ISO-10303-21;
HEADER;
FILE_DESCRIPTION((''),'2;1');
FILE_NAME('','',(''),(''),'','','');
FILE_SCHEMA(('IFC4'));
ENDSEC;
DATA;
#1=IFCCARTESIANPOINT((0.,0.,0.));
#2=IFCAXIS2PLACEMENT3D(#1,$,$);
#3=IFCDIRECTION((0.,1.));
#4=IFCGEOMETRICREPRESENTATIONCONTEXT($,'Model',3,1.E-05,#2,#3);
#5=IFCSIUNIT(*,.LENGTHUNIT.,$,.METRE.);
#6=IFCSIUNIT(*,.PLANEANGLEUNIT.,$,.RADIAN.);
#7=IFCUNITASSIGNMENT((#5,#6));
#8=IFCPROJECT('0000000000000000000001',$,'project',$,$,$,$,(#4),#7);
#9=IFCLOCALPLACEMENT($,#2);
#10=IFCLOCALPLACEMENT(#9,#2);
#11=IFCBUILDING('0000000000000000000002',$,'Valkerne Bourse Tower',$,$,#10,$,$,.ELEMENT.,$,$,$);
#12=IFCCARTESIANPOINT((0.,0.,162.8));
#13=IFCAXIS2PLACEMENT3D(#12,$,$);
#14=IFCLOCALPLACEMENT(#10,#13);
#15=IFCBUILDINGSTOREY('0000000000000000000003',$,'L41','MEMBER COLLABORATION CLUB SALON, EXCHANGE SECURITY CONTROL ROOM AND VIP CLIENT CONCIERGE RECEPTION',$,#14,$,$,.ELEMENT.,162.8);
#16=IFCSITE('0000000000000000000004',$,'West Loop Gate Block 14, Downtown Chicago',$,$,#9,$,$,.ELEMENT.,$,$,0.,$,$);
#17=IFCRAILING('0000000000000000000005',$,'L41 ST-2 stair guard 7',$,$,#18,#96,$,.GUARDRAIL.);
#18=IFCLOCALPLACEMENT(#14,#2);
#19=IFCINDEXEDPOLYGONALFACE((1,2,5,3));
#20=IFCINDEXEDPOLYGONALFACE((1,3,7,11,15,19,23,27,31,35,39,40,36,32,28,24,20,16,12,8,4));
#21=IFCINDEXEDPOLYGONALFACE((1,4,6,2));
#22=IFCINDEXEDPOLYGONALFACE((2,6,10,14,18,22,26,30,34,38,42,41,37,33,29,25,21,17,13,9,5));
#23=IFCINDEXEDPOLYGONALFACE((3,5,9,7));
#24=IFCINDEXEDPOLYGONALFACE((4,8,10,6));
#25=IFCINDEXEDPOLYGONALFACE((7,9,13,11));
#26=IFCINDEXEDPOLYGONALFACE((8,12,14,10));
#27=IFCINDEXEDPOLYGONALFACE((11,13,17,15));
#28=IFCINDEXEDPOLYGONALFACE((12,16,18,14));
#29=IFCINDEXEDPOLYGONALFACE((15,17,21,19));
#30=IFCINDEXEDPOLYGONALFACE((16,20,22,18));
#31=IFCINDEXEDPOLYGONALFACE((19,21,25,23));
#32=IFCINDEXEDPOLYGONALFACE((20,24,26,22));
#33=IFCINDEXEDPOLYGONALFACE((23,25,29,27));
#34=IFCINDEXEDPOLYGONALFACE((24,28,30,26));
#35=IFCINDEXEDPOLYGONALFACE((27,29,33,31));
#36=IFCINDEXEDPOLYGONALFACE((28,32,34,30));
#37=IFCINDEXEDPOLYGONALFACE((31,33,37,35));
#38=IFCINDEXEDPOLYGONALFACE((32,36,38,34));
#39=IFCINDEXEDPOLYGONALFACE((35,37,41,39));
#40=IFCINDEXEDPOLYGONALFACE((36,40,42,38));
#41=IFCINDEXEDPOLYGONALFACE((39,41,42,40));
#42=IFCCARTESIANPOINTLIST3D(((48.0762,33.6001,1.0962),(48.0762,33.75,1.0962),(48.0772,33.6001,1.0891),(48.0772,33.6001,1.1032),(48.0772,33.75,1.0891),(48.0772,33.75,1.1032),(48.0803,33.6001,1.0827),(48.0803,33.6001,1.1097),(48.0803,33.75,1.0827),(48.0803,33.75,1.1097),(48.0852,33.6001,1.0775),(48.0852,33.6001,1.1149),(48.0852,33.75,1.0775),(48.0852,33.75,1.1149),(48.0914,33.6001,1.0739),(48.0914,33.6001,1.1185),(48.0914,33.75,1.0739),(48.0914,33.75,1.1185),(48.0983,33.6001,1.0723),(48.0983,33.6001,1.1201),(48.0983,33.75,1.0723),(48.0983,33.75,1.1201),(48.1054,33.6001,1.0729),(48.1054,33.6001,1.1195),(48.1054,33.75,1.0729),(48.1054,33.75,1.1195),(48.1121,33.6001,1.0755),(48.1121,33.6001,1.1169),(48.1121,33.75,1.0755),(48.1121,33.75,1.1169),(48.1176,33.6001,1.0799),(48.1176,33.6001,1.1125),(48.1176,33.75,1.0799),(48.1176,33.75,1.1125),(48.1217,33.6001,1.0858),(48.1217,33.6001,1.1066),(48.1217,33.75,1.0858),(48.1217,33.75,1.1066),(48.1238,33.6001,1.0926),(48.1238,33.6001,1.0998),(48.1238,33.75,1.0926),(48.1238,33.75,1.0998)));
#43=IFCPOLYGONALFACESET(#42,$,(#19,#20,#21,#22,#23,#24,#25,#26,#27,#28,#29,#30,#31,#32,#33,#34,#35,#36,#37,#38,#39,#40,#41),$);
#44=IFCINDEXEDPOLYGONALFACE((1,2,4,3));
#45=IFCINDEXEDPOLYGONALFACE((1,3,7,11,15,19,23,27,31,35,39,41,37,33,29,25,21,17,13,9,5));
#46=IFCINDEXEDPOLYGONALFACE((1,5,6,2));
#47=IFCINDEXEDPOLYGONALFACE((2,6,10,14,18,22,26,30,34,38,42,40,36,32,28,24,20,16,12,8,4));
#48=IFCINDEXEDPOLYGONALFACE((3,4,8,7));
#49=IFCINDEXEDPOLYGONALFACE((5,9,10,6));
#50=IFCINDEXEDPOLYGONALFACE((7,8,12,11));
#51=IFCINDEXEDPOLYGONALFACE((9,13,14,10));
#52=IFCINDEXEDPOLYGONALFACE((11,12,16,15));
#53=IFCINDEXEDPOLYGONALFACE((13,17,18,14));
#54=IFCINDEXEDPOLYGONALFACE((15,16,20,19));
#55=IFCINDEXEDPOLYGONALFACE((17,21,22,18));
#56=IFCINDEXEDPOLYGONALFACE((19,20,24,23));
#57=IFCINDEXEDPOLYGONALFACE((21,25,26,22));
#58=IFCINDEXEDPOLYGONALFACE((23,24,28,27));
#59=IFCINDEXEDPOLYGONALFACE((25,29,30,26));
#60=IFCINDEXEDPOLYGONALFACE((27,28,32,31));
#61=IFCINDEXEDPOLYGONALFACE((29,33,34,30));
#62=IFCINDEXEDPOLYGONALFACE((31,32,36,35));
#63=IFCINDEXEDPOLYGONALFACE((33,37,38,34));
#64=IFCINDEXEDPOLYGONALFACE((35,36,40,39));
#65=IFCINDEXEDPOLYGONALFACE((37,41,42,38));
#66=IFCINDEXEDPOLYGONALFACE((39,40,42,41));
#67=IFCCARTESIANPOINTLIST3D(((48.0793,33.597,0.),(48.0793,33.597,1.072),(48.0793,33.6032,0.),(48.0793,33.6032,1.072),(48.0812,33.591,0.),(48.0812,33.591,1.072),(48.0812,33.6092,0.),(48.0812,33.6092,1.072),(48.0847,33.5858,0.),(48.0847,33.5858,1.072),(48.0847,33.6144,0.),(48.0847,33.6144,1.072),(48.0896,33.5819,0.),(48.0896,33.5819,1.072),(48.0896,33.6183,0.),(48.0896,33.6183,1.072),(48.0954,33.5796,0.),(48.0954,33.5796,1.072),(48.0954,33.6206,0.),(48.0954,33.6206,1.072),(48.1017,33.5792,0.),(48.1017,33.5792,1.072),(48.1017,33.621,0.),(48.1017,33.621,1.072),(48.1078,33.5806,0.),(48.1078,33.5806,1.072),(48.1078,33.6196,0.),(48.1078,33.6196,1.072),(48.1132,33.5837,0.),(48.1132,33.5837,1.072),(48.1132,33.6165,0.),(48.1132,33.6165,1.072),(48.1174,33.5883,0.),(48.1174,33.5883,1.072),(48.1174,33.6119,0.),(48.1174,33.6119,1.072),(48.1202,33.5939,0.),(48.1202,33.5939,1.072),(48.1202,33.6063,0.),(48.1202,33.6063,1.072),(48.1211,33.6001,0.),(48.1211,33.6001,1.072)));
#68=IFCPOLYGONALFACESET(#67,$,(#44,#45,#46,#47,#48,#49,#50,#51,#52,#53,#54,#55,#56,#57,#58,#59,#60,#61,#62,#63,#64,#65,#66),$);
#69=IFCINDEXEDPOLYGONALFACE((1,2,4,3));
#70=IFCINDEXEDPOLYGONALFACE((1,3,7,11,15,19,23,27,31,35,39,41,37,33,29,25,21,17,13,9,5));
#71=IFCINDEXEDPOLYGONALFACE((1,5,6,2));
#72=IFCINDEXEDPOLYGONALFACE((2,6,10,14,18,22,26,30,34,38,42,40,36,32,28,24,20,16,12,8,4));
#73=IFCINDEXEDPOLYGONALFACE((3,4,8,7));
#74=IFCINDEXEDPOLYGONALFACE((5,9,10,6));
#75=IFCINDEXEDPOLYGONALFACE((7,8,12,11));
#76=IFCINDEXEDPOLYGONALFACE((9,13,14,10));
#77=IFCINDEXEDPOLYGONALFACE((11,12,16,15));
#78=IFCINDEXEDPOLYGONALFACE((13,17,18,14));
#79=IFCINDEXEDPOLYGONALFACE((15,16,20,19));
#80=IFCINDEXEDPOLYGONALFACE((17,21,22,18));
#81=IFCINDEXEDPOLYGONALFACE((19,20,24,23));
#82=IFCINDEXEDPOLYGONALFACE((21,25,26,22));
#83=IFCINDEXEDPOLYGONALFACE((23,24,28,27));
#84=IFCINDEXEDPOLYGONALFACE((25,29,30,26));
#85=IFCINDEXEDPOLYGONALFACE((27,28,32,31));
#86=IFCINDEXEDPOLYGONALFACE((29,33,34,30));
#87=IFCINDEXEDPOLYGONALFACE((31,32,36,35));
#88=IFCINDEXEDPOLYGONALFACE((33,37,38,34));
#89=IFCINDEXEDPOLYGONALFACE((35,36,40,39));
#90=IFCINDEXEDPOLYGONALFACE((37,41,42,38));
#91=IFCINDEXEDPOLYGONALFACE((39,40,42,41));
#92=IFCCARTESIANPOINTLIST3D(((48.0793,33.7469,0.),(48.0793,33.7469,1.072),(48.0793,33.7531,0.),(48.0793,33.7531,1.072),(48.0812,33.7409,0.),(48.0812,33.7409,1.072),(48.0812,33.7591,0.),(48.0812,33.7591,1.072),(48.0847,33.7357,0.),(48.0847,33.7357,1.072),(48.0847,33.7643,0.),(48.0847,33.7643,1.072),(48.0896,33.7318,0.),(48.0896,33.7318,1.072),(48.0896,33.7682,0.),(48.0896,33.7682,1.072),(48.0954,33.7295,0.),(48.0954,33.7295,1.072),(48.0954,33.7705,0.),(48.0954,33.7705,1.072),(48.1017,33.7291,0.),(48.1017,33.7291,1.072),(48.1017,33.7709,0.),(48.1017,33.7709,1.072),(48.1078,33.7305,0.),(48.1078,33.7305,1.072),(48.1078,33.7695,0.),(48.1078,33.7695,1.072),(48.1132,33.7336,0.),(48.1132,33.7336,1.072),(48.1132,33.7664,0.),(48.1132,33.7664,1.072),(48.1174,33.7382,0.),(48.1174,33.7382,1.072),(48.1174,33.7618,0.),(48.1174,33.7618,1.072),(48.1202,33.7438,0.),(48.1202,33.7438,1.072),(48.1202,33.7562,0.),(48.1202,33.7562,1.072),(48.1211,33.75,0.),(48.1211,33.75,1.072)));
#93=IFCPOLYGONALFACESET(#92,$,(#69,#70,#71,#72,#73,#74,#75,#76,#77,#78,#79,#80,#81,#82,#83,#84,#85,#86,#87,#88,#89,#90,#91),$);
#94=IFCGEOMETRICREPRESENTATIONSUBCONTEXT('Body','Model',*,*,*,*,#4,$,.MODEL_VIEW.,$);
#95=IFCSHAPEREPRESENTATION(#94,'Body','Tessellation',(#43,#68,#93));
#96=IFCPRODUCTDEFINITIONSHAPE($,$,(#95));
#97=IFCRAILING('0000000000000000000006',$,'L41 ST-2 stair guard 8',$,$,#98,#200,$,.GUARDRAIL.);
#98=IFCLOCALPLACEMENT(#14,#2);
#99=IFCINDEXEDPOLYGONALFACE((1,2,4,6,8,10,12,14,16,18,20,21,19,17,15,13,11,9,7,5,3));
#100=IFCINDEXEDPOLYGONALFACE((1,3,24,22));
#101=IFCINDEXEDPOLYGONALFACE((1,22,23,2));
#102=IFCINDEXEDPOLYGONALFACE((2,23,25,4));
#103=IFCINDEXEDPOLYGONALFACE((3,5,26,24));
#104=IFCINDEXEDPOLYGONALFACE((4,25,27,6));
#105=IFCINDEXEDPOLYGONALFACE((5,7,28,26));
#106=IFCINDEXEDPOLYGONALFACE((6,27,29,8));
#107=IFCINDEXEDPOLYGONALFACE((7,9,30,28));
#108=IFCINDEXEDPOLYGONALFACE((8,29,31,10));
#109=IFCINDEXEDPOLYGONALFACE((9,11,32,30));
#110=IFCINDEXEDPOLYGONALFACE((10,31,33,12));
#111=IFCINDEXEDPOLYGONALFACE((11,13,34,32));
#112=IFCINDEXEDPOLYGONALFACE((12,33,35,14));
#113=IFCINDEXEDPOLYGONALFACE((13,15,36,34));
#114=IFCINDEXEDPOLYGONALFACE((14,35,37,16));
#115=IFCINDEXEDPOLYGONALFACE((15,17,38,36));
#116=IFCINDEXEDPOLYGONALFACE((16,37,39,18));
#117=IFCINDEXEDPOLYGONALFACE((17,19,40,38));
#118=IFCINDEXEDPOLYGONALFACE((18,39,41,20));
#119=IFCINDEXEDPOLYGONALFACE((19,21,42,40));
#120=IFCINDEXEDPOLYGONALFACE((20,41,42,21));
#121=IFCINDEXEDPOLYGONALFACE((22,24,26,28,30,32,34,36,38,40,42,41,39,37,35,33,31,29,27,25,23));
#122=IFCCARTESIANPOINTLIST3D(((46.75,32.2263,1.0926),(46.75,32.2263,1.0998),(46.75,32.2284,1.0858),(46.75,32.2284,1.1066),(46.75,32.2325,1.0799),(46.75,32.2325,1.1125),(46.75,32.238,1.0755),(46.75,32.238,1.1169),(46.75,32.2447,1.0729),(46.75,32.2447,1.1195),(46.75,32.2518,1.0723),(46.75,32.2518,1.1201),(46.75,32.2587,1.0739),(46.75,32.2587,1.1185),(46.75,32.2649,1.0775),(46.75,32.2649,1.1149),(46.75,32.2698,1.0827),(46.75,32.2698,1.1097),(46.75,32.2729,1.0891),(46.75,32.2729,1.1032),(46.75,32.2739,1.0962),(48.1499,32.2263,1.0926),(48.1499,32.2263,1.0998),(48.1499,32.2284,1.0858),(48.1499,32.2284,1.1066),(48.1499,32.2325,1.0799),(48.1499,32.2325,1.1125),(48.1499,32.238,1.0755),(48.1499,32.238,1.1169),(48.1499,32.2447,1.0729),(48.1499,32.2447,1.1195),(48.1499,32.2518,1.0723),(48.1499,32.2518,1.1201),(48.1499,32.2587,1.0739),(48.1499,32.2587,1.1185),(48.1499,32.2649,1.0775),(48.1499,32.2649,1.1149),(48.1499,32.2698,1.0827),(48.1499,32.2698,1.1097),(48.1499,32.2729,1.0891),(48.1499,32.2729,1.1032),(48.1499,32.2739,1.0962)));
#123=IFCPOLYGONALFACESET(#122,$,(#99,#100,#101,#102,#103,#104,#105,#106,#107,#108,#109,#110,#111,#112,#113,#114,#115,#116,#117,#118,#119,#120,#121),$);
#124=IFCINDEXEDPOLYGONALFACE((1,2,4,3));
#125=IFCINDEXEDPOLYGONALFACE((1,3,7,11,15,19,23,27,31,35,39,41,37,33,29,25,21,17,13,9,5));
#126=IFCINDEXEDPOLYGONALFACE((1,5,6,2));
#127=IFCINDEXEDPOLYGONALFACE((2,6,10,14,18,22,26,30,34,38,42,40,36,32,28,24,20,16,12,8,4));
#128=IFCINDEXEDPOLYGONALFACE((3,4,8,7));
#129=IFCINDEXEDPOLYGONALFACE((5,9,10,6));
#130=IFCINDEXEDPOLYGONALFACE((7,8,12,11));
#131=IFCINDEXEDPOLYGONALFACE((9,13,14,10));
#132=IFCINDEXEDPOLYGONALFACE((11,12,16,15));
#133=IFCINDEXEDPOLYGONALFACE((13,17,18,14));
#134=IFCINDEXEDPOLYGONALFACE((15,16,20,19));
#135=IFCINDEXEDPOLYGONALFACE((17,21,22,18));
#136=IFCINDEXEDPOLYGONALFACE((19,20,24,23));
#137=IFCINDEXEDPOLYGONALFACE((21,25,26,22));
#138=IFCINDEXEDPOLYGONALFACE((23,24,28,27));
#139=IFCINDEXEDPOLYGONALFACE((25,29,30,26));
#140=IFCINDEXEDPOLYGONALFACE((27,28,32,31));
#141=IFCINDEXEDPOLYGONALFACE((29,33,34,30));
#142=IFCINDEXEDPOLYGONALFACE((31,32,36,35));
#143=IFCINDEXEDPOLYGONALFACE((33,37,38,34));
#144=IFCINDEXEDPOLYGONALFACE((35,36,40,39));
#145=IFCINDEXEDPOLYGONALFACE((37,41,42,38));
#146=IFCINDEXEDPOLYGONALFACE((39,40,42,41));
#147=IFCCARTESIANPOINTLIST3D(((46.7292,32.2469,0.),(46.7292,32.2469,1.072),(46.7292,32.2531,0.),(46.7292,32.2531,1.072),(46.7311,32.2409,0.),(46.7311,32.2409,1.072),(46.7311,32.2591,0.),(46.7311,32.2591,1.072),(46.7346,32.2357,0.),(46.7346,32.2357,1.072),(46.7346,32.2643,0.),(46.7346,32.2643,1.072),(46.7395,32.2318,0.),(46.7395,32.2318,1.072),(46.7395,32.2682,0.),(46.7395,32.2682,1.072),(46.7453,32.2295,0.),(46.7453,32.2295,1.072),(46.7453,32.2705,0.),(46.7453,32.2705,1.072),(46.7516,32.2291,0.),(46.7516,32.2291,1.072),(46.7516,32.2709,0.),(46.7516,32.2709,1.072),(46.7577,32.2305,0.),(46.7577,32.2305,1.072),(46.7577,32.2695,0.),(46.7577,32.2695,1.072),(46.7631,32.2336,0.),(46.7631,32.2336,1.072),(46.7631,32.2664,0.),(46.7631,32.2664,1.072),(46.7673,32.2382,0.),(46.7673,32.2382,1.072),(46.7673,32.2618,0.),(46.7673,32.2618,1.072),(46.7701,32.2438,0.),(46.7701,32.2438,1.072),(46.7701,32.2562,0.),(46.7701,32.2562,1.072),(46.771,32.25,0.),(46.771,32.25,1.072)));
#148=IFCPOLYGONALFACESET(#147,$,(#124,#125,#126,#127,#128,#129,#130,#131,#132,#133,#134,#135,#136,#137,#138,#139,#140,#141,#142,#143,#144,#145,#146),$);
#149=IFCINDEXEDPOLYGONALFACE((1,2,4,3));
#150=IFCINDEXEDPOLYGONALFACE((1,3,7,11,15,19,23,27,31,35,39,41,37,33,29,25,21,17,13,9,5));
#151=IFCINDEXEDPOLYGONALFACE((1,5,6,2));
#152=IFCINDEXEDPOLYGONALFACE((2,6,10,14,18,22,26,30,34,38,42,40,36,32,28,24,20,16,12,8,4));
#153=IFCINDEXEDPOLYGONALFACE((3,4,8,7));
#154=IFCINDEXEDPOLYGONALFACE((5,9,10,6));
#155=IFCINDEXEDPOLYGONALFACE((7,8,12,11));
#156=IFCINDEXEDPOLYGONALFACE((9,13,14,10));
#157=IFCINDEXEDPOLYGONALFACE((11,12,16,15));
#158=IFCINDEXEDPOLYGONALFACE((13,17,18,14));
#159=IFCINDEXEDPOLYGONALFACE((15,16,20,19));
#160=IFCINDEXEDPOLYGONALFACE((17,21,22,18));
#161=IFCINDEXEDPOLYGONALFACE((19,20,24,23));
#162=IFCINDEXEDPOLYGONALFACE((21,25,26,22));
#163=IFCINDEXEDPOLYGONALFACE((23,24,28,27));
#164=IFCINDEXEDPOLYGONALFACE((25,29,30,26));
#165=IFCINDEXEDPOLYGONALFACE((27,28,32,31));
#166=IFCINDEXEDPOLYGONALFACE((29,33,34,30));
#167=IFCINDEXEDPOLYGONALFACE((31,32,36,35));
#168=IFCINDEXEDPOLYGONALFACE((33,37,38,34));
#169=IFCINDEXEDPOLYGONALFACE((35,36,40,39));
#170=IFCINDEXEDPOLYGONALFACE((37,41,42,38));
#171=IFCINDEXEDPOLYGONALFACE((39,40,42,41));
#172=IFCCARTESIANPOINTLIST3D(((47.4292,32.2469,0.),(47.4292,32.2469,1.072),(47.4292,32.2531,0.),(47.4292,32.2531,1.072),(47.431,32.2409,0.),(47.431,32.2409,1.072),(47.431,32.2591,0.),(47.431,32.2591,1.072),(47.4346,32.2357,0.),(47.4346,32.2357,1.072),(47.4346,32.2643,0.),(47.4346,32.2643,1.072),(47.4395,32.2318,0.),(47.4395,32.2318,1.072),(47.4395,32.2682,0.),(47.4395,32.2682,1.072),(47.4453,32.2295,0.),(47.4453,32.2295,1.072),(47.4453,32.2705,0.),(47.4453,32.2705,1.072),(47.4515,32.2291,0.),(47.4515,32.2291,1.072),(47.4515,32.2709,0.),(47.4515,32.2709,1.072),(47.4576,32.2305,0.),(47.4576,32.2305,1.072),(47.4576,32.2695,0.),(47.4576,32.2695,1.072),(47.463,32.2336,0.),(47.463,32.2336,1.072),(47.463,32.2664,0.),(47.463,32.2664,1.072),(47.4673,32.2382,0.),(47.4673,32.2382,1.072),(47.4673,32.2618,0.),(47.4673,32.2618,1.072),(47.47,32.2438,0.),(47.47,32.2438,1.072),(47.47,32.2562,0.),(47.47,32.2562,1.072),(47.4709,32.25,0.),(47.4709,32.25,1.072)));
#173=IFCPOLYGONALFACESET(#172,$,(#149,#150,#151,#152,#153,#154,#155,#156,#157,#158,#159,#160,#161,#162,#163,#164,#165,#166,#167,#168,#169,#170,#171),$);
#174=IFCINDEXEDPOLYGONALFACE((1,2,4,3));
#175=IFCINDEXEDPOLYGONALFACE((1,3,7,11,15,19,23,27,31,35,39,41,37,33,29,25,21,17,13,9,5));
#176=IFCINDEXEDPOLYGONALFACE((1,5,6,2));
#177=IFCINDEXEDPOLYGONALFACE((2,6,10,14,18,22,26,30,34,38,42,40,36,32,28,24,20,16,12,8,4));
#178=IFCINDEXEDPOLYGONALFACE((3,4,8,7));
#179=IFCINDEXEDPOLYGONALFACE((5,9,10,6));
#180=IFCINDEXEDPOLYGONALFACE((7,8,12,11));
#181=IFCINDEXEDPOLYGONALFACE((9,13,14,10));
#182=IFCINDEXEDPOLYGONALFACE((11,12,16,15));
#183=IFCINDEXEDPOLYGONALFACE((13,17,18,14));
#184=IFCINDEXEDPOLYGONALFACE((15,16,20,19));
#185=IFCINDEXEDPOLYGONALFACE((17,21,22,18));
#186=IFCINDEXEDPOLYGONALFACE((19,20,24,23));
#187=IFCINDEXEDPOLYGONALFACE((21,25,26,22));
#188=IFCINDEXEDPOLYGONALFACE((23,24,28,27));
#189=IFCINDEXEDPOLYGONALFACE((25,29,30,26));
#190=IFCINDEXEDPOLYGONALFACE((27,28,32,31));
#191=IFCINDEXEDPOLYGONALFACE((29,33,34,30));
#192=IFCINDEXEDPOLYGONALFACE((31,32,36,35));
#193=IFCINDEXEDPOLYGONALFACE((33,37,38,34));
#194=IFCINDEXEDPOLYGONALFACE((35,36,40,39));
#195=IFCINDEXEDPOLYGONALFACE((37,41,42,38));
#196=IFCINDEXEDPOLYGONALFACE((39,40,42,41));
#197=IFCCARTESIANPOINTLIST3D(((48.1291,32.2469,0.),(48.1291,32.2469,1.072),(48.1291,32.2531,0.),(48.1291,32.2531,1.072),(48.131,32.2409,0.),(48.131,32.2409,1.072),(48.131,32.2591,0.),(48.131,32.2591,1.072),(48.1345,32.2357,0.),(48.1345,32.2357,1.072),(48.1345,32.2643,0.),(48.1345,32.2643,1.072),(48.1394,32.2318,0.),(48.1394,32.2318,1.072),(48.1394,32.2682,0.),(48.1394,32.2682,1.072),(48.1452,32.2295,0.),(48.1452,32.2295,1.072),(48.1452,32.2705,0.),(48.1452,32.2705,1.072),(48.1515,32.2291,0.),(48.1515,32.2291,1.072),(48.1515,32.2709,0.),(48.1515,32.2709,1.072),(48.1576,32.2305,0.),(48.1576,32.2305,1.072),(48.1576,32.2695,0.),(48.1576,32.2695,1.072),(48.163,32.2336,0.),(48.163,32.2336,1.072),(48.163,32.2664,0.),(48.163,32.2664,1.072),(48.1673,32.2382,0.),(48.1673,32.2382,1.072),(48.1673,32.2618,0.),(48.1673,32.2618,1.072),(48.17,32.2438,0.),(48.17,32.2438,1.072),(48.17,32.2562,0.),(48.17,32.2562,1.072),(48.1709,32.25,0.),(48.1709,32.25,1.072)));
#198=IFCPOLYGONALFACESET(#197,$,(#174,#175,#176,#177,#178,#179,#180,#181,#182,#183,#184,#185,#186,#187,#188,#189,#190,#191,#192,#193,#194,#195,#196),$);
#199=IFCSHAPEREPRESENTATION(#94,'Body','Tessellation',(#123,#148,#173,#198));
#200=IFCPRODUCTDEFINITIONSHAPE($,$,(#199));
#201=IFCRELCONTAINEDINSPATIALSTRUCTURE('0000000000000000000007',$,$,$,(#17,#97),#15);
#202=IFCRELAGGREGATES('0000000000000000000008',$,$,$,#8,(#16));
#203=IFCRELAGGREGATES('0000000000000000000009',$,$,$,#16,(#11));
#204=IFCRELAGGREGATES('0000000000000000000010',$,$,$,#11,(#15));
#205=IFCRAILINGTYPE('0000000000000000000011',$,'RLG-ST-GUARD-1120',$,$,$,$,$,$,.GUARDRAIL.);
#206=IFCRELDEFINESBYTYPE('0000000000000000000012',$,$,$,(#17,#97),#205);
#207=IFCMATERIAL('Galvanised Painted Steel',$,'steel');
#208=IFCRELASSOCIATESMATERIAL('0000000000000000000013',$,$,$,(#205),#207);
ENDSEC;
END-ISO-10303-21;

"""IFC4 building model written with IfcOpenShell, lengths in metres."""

from ifc_helpers import new_model, si_unit, direction, frame, origin, origin_2d, place, context, subcontext, project, spatial, circle, extrude, material, type_object, element, save


model = new_model("IFC4")

# Units and contexts
model_context = context("Model", 3, precision=1e-05, world=origin(), true_north=direction((0.0, 1.0)))
body_context = subcontext(model_context, "Body", "Model", "MODEL_VIEW")
ifc_project = project(units=[si_unit("LENGTHUNIT", "METRE"), si_unit("PLANEANGLEUNIT", "RADIAN")], contexts=[model_context])

# Site, building, storey
site_placement = place(None, origin())
site = spatial("IfcSite", under=ifc_project, at=site_placement, Name="West Loop Gate Block 14, Downtown Chicago", CompositionType="ELEMENT", RefElevation=0.0)
building_placement = place(site_placement, origin())
building = spatial("IfcBuilding", under=site, at=building_placement, Name="Valkerne Bourse Tower", CompositionType="ELEMENT")
storey_placement = place(building_placement, frame((0.0, 0.0, 162.8)))
storey = spatial("IfcBuildingStorey", under=building, at=storey_placement, Name="L41", Description="MEMBER COLLABORATION CLUB SALON, EXCHANGE SECURITY CONTROL ROOM AND VIP CLIENT CONCIERGE RECEPTION", CompositionType="ELEMENT", Elevation=162.8)

# Shared definitions
ifc_material_1 = material(Name="Galvanised Painted Steel", Category="steel")

# Railings
railing_type_1 = type_object("IfcRailingType", Name="RLG-ST-GUARD-1120", PredefinedType="GUARDRAIL", material=ifc_material_1)
railing_1_placement = place(storey_placement, frame((48.1001, 33.6001, 0.0)))
element("IfcRailing", 1, at=railing_1_placement, inside=storey, type_object=railing_type_1, Name="L41 ST-2 stair guard 7", PredefinedType="GUARDRAIL", context=body_context, shape_type="SweptSolid", body=[
    extrude(circle(Radius=0.0239, at=origin_2d()), frame((0.0, 0.0, 1.0962), z_axis=(0.0, 1.0, 0.0), x_axis=(-1.0, 0.0, 0.0)), (0.0, 0.0, 1.0), 0.1499),
    extrude(circle(Radius=0.021, at=origin_2d()), origin(), (0.0, 0.0, 1.0), 1.072),
    extrude(circle(Radius=0.021, at=origin_2d()), frame((0.0, 0.1499, 0.0)), (0.0, 0.0, 1.0), 1.072),
])
for number, where, name in (
    (2, (46.75, 32.25, 0.0), "L41 ST-2 stair guard 8"),
):
    element("IfcRailing", number, at=place(storey_placement, frame(where)), inside=storey, type_object=railing_type_1, Name=name, PredefinedType="GUARDRAIL", context=body_context, shape_type="SweptSolid", body=[
        extrude(circle(Radius=0.0239, at=origin_2d()), frame((0.0, 0.0, 1.0962), z_axis=(1.0, 0.0, 0.0), x_axis=(0.0, 1.0, 0.0)), (0.0, 0.0, 1.0), 1.3999),
        extrude(circle(Radius=0.021, at=origin_2d()), origin(), (0.0, 0.0, 1.0), 1.072),
        extrude(circle(Radius=0.021, at=origin_2d()), frame((0.7, 0.0, 0.0)), (0.0, 0.0, 1.0), 1.072),
        extrude(circle(Radius=0.021, at=origin_2d()), frame((1.3999, 0.0, 0.0)), (0.0, 0.0, 1.0), 1.072),
    ])

save(model, "model.ifc")
